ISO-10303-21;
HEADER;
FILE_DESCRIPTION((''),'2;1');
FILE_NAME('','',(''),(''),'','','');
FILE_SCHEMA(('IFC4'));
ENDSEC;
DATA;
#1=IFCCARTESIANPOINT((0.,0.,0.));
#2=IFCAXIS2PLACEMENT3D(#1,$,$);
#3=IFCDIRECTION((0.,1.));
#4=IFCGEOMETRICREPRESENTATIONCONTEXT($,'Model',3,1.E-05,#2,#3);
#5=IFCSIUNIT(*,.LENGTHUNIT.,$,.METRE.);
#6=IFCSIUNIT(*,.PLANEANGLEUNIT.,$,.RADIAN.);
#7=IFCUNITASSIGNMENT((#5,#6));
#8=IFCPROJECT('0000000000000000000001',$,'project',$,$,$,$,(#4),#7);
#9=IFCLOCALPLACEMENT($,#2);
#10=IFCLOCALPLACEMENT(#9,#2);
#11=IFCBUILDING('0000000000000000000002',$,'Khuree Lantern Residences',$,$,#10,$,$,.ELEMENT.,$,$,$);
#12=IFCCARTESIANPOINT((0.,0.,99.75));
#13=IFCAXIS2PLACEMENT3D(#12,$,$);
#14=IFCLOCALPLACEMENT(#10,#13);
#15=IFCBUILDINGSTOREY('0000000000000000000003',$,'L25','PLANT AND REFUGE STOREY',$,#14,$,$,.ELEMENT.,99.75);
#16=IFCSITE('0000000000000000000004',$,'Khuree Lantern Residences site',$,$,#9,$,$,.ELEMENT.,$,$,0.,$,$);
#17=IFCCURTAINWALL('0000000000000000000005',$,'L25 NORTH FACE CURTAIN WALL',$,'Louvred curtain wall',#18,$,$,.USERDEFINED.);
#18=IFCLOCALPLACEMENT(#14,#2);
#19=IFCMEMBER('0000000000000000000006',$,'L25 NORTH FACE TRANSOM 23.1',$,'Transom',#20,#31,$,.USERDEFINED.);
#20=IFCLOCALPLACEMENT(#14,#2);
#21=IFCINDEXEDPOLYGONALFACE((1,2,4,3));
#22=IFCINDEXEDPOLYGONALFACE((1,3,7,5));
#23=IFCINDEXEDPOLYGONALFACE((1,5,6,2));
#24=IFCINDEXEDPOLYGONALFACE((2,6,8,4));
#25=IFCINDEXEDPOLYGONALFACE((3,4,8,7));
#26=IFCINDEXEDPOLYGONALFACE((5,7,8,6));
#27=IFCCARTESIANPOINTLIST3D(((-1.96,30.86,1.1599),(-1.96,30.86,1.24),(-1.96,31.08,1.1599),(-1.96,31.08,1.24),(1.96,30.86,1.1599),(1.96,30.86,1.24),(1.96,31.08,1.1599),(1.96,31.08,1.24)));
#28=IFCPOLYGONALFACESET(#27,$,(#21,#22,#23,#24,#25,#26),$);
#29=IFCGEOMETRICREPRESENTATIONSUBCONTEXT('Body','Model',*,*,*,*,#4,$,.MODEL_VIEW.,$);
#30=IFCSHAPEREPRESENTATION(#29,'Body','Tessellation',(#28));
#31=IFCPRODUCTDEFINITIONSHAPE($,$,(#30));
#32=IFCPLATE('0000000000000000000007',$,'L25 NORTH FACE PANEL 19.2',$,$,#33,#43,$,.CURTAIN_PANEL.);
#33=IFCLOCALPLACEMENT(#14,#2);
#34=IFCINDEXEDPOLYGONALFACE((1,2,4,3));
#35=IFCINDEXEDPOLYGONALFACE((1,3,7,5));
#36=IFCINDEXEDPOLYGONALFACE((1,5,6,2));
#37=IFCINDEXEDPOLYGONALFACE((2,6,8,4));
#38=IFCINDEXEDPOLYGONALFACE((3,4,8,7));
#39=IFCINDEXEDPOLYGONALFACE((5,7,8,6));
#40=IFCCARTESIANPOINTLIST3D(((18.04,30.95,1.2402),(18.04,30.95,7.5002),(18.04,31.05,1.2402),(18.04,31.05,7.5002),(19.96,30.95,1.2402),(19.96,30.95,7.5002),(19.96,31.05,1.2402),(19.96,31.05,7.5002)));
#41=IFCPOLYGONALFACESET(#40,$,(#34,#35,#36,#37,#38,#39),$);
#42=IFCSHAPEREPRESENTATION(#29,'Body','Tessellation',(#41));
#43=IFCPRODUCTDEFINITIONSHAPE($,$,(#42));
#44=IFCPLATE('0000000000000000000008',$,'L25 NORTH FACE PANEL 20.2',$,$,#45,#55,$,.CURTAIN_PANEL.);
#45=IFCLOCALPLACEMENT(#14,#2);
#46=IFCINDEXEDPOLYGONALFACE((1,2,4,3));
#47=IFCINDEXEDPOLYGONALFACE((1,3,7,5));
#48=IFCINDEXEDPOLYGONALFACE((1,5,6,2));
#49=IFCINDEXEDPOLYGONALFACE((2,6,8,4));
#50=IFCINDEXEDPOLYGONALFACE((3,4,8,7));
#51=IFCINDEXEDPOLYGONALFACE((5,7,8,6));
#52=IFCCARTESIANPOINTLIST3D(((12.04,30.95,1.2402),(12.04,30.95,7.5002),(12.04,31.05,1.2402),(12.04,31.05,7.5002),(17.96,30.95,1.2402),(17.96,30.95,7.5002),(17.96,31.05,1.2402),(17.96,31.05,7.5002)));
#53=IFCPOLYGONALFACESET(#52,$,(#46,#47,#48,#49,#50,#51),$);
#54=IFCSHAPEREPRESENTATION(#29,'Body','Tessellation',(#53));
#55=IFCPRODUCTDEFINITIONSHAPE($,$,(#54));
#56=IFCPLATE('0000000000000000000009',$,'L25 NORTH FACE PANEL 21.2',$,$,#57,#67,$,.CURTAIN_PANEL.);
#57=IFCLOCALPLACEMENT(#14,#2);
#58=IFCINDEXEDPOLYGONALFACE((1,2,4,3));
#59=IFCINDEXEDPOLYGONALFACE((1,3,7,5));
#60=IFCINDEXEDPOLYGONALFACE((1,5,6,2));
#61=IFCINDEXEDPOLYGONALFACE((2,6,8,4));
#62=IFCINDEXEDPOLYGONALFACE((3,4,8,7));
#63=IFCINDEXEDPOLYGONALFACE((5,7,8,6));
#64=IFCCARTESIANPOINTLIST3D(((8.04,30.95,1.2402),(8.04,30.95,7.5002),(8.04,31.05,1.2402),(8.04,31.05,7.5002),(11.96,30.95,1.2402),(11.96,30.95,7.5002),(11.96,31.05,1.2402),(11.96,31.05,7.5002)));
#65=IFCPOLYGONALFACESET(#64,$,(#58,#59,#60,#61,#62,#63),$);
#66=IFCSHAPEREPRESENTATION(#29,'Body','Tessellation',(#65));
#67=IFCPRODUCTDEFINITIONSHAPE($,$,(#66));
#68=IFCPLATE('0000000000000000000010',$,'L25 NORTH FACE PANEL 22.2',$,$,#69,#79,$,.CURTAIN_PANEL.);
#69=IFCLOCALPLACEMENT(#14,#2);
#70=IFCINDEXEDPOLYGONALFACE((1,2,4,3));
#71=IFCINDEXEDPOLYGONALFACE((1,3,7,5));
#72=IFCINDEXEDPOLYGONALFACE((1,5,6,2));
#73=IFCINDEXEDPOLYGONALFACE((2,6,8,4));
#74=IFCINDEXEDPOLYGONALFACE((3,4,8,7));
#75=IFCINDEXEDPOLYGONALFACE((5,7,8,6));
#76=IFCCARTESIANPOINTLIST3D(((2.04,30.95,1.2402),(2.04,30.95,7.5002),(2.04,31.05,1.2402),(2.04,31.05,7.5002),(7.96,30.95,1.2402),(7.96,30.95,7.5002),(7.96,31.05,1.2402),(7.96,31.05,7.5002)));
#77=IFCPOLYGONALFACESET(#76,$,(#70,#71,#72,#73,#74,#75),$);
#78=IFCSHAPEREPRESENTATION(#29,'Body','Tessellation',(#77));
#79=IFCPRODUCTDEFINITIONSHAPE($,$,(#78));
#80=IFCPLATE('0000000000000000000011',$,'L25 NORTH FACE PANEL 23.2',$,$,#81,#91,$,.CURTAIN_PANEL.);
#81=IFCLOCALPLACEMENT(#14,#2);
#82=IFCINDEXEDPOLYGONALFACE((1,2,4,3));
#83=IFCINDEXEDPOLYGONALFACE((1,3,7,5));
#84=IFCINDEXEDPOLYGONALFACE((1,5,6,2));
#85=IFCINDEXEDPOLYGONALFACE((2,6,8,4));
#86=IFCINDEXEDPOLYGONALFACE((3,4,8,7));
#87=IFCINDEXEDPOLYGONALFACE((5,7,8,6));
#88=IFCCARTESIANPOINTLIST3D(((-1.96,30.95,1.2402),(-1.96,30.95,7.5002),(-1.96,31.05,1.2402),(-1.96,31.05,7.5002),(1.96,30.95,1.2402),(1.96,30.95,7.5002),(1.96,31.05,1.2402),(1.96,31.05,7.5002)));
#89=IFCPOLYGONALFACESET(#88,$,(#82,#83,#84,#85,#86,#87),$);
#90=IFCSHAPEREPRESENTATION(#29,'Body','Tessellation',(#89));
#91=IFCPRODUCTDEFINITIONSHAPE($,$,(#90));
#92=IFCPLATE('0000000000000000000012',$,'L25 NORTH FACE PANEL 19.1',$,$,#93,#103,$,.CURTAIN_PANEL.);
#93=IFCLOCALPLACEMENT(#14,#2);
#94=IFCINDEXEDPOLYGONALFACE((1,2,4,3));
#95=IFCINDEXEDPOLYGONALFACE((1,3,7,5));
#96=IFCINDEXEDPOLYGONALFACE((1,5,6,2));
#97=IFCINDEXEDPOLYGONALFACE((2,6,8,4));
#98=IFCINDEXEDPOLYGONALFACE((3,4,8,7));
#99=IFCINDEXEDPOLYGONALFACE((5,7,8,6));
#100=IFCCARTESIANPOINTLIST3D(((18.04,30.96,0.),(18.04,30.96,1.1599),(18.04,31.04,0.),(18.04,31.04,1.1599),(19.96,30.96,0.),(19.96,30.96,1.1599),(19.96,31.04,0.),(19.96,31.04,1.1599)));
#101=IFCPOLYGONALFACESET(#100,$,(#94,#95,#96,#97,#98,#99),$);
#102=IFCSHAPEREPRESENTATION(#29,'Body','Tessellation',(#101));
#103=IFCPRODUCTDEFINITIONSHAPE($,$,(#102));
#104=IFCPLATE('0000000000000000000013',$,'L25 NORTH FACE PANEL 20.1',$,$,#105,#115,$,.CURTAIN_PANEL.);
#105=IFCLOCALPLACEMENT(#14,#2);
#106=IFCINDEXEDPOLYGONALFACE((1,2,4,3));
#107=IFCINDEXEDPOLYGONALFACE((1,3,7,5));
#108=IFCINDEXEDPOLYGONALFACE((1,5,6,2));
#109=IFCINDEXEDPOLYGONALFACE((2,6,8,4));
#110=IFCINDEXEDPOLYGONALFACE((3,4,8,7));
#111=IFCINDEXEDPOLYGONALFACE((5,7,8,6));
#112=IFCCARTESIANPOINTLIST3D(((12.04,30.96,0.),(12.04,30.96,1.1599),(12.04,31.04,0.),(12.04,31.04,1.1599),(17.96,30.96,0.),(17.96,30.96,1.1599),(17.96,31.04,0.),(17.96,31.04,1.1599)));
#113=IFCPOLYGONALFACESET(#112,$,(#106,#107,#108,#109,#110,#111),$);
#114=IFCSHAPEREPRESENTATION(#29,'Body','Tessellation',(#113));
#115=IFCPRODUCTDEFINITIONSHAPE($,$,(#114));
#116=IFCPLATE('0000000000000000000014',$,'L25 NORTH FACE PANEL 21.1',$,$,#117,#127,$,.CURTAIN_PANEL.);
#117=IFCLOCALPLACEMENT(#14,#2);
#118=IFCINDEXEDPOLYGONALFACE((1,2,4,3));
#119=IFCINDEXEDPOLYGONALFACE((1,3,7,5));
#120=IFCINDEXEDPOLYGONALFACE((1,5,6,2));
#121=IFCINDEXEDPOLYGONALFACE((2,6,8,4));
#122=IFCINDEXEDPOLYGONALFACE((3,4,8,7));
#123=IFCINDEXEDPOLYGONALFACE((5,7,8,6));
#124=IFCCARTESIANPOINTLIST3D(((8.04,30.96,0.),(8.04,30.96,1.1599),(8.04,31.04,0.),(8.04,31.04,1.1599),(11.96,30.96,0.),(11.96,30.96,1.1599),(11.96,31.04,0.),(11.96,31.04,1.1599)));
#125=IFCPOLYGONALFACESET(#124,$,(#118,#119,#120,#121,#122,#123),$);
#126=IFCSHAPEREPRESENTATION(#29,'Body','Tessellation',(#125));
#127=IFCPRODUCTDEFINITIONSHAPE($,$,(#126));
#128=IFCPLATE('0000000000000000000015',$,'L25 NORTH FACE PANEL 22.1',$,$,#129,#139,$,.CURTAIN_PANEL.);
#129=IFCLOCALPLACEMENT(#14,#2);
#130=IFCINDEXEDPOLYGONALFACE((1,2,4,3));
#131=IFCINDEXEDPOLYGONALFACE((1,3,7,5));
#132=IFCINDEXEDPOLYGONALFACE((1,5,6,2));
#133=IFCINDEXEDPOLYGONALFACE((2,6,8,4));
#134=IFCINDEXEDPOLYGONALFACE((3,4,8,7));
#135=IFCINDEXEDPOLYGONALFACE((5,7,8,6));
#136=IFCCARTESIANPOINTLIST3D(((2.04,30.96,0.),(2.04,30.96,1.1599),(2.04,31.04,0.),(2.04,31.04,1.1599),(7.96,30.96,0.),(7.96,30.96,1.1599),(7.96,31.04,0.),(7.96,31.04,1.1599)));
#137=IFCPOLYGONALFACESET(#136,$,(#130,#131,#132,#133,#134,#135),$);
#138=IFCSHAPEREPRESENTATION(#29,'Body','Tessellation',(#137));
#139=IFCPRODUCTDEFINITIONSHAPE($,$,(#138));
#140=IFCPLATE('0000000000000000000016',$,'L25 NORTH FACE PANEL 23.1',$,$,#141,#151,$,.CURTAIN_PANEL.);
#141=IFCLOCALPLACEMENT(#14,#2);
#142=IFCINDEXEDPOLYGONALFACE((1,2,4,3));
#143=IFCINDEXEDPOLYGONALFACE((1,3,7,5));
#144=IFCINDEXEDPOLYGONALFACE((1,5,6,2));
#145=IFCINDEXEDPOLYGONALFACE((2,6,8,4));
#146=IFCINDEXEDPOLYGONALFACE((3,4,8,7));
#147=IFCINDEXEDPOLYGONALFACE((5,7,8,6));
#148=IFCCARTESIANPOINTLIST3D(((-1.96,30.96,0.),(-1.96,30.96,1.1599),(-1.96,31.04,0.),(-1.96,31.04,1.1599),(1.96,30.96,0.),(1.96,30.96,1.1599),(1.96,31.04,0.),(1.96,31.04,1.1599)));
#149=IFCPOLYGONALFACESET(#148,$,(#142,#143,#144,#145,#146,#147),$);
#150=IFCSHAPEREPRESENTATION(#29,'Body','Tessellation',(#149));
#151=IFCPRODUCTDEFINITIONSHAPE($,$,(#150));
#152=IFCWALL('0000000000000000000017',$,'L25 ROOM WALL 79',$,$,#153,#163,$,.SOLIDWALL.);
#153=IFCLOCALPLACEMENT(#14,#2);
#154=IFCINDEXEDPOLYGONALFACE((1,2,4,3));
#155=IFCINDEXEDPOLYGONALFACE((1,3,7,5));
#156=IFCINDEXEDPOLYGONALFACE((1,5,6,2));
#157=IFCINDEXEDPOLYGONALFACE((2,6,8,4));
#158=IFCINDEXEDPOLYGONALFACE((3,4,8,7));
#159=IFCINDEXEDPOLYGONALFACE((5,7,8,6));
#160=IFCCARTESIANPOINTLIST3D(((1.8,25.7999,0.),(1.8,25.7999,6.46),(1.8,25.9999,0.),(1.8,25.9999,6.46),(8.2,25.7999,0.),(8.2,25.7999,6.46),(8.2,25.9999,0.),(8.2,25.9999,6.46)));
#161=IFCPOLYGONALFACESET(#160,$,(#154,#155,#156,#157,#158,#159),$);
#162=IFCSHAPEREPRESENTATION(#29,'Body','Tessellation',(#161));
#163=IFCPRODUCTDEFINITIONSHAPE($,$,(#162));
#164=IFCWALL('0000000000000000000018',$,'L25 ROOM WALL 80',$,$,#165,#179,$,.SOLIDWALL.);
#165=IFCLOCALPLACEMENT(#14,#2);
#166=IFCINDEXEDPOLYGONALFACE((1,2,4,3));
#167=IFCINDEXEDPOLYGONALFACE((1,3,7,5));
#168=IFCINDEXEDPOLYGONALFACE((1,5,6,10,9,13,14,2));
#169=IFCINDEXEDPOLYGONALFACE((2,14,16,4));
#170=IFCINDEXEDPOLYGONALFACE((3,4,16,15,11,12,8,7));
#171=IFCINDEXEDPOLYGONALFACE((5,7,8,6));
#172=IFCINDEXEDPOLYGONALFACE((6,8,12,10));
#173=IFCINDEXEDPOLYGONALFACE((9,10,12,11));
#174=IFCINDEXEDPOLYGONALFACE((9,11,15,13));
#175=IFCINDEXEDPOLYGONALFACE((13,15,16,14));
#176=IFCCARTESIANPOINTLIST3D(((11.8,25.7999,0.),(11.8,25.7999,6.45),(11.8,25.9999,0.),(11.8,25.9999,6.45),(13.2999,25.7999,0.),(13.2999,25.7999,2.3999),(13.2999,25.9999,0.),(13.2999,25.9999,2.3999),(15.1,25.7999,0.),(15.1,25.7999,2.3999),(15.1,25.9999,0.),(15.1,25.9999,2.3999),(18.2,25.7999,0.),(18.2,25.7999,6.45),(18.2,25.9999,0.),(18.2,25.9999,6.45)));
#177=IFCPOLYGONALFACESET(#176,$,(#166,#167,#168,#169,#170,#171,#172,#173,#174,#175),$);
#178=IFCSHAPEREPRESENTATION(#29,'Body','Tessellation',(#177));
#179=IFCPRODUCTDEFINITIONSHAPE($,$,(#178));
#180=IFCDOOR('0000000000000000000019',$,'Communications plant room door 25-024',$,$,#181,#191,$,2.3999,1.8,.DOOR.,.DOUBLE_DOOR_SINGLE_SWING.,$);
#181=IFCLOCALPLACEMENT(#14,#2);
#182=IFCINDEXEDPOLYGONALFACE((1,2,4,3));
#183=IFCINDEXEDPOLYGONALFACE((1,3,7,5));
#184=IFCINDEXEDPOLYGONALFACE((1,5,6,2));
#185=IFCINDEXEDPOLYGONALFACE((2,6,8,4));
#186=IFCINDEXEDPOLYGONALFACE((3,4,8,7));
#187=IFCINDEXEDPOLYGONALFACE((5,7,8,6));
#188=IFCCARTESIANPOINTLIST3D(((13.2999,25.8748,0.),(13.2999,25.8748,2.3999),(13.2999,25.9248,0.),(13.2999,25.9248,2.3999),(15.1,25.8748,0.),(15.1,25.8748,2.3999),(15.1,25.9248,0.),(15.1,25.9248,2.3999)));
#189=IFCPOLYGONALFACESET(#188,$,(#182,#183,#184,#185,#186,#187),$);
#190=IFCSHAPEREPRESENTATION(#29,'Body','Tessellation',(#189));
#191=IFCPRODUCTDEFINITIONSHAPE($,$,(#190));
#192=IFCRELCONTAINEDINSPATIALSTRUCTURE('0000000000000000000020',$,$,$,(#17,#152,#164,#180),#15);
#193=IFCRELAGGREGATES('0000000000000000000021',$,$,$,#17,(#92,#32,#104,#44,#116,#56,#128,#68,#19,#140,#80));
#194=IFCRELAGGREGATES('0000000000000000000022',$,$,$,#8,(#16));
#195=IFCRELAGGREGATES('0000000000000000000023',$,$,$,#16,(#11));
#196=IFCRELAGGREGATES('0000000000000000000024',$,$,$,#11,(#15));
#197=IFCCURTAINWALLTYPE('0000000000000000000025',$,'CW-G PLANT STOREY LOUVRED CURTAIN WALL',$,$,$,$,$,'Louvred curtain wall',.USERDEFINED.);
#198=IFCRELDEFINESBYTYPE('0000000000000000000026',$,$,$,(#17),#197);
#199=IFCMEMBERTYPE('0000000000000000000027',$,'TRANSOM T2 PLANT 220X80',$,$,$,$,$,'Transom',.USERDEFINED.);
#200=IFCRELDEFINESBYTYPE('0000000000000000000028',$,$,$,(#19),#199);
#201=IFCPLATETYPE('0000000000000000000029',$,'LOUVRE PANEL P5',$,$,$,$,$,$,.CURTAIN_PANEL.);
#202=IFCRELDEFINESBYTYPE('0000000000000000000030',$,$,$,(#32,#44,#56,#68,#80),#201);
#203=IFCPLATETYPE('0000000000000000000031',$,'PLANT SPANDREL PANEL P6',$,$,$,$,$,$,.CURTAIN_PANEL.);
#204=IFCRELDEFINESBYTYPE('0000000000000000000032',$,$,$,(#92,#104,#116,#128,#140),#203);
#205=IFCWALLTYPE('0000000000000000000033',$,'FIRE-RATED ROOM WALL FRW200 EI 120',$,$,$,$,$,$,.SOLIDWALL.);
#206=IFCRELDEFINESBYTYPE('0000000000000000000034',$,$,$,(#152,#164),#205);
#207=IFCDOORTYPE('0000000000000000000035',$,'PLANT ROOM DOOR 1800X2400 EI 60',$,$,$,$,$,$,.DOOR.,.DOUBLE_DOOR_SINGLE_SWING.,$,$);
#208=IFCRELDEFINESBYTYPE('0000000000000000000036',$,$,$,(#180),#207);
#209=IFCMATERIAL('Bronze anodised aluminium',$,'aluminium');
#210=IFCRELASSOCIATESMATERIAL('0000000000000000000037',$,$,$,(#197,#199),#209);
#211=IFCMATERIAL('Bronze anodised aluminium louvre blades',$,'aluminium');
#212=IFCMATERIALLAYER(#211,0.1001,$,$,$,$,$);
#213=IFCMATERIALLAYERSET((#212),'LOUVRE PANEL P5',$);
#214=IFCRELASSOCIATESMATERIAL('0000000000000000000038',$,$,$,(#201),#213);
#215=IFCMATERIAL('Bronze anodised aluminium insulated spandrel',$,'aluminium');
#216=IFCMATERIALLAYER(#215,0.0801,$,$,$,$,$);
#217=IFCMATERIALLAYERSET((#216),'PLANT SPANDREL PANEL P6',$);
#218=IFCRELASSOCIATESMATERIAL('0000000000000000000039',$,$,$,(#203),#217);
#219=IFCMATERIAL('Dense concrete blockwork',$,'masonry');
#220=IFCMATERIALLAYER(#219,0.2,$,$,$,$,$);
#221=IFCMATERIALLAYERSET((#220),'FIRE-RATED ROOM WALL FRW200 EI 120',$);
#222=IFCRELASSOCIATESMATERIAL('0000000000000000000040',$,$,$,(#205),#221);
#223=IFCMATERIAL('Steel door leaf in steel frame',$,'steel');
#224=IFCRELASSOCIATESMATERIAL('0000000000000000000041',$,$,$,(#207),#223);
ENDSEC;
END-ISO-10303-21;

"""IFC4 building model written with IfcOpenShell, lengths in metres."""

from ifc_helpers import new_model, si_unit, direction, frame, frame_2d, origin, origin_2d, place, context, subcontext, project, spatial, rectangle, extrude, material, layer, layer_set, material_profile, profile_set, type_object, element, fill, aggregate, save


model = new_model("IFC4")

# Units and contexts
model_context = context("Model", 3, precision=1e-05, world=origin(), true_north=direction((0.0, 1.0)))
body_context = subcontext(model_context, "Body", "Model", "MODEL_VIEW")
ifc_project = project(units=[si_unit("LENGTHUNIT", "METRE"), si_unit("PLANEANGLEUNIT", "RADIAN")], contexts=[model_context])

# Site, building, storey
site_placement = place(None, origin())
site = spatial("IfcSite", under=ifc_project, at=site_placement, Name="Khuree Lantern Residences site", CompositionType="ELEMENT", RefElevation=0.0)
building_placement = place(site_placement, origin())
building = spatial("IfcBuilding", under=site, at=building_placement, Name="Khuree Lantern Residences", CompositionType="ELEMENT")
storey_placement = place(building_placement, frame((0.0, 0.0, 99.75)))
storey = spatial("IfcBuildingStorey", under=building, at=storey_placement, Name="L25", Description="PLANT AND REFUGE STOREY", CompositionType="ELEMENT", Elevation=99.75)

# Curtain wall
ifc_material_1 = material(Name="Bronze anodised aluminium", Category="aluminium")
curtain_wall_type = type_object("IfcCurtainWallType", Name="CW-G PLANT STOREY LOUVRED CURTAIN WALL", ElementType="Louvred curtain wall", PredefinedType="USERDEFINED", material=ifc_material_1)
curtain_wall_placement = place(storey_placement, origin())
curtain_wall = element("IfcCurtainWall", 1, at=curtain_wall_placement, inside=storey, type_object=curtain_wall_type, Name="L25 NORTH FACE CURTAIN WALL", ObjectType="Louvred curtain wall", PredefinedType="USERDEFINED")

# Member
ifc_material_profile_1 = material_profile(ifc_material_1, rectangle(XDim=0.22, YDim=0.0801, at=origin_2d()), Name="T2 220X80")
ifc_profile_set_1 = profile_set([ifc_material_profile_1], Name="Bronze anodised aluminium")
member_type_1 = type_object("IfcMemberType", Name="TRANSOM T2 PLANT 220X80", ElementType="Transom", PredefinedType="USERDEFINED", material=ifc_profile_set_1)
member_1_placement = place(storey_placement, frame((1.96, 30.97, 1.2), z_axis=(-1.0, 0.0, 0.0), x_axis=(0.0, -1.0, 0.0)))
member_1 = element("IfcMember", 2, at=member_1_placement, type_object=member_type_1, Name="L25 NORTH FACE TRANSOM 23.1", ObjectType="Transom", PredefinedType="USERDEFINED", context=body_context, shape_type="SweptSolid", body=[
    extrude(rectangle(XDim=0.22, YDim=0.0801, at=origin_2d()), origin(), (0.0, 0.0, 1.0), 3.9199),
])

# Plates
ifc_material_2 = material(Name="Bronze anodised aluminium louvre blades", Category="aluminium")
ifc_layer_1 = layer(ifc_material_2, 0.1001)
ifc_layer_set_1 = layer_set([ifc_layer_1], Name="LOUVRE PANEL P5")
plate_type_1 = type_object("IfcPlateType", Name="LOUVRE PANEL P5", PredefinedType="CURTAIN_PANEL", material=ifc_layer_set_1)
plate_1_placement = place(storey_placement, frame((19.0, 31.0, 1.2402), z_axis=(0.0, 0.0, 1.0), x_axis=(-1.0, 0.0, 0.0)))
plate_1 = element("IfcPlate", 3, at=plate_1_placement, type_object=plate_type_1, Name="L25 NORTH FACE PANEL 19.2", PredefinedType="CURTAIN_PANEL", context=body_context, shape_type="SweptSolid", body=[
    extrude(rectangle(XDim=1.9199, YDim=0.1001, at=origin_2d()), origin(), (0.0, 0.0, 1.0), 6.26),
])
plate_2_placement = place(storey_placement, frame((15.0, 31.0, 1.2402), z_axis=(0.0, 0.0, 1.0), x_axis=(-1.0, 0.0, 0.0)))
plate_2 = element("IfcPlate", 4, at=plate_2_placement, type_object=plate_type_1, Name="L25 NORTH FACE PANEL 20.2", PredefinedType="CURTAIN_PANEL", context=body_context, shape_type="SweptSolid", body=[
    extrude(rectangle(XDim=5.9199, YDim=0.1001, at=origin_2d()), origin(), (0.0, 0.0, 1.0), 6.26),
])
plate_3_placement = place(storey_placement, frame((10.0, 31.0, 1.2402), z_axis=(0.0, 0.0, 1.0), x_axis=(-1.0, 0.0, 0.0)))
plate_3 = element("IfcPlate", 5, at=plate_3_placement, type_object=plate_type_1, Name="L25 NORTH FACE PANEL 21.2", PredefinedType="CURTAIN_PANEL", context=body_context, shape_type="SweptSolid", body=[
    extrude(rectangle(XDim=3.9199, YDim=0.1001, at=origin_2d()), origin(), (0.0, 0.0, 1.0), 6.26),
])
plate_4_placement = place(storey_placement, frame((5.0, 31.0, 1.2402), z_axis=(0.0, 0.0, 1.0), x_axis=(-1.0, 0.0, 0.0)))
plate_4 = element("IfcPlate", 6, at=plate_4_placement, type_object=plate_type_1, Name="L25 NORTH FACE PANEL 22.2", PredefinedType="CURTAIN_PANEL", context=body_context, shape_type="SweptSolid", body=[
    extrude(rectangle(XDim=5.9199, YDim=0.1001, at=origin_2d()), origin(), (0.0, 0.0, 1.0), 6.26),
])
plate_5_placement = place(storey_placement, frame((0.0, 31.0, 1.2402), z_axis=(0.0, 0.0, 1.0), x_axis=(-1.0, 0.0, 0.0)))
plate_5 = element("IfcPlate", 7, at=plate_5_placement, type_object=plate_type_1, Name="L25 NORTH FACE PANEL 23.2", PredefinedType="CURTAIN_PANEL", context=body_context, shape_type="SweptSolid", body=[
    extrude(rectangle(XDim=3.9199, YDim=0.1001, at=origin_2d()), origin(), (0.0, 0.0, 1.0), 6.26),
])
ifc_material_3 = material(Name="Bronze anodised aluminium insulated spandrel", Category="aluminium")
ifc_layer_2 = layer(ifc_material_3, 0.0801)
ifc_layer_set_2 = layer_set([ifc_layer_2], Name="PLANT SPANDREL PANEL P6")
plate_type_2 = type_object("IfcPlateType", Name="PLANT SPANDREL PANEL P6", PredefinedType="CURTAIN_PANEL", material=ifc_layer_set_2)
plate_6_placement = place(storey_placement, frame((19.0, 31.0, 0.0), z_axis=(0.0, 0.0, 1.0), x_axis=(-1.0, 0.0, 0.0)))
plate_6 = element("IfcPlate", 8, at=plate_6_placement, type_object=plate_type_2, Name="L25 NORTH FACE PANEL 19.1", PredefinedType="CURTAIN_PANEL", context=body_context, shape_type="SweptSolid", body=[
    extrude(rectangle(XDim=1.9199, YDim=0.0801, at=origin_2d()), origin(), (0.0, 0.0, 1.0), 1.1599),
])
plate_7_placement = place(storey_placement, frame((15.0, 31.0, 0.0), z_axis=(0.0, 0.0, 1.0), x_axis=(-1.0, 0.0, 0.0)))
plate_7 = element("IfcPlate", 9, at=plate_7_placement, type_object=plate_type_2, Name="L25 NORTH FACE PANEL 20.1", PredefinedType="CURTAIN_PANEL", context=body_context, shape_type="SweptSolid", body=[
    extrude(rectangle(XDim=5.9199, YDim=0.0801, at=origin_2d()), origin(), (0.0, 0.0, 1.0), 1.1599),
])
plate_8_placement = place(storey_placement, frame((10.0, 31.0, 0.0), z_axis=(0.0, 0.0, 1.0), x_axis=(-1.0, 0.0, 0.0)))
plate_8 = element("IfcPlate", 10, at=plate_8_placement, type_object=plate_type_2, Name="L25 NORTH FACE PANEL 21.1", PredefinedType="CURTAIN_PANEL", context=body_context, shape_type="SweptSolid", body=[
    extrude(rectangle(XDim=3.9199, YDim=0.0801, at=origin_2d()), origin(), (0.0, 0.0, 1.0), 1.1599),
])
plate_9_placement = place(storey_placement, frame((5.0, 31.0, 0.0), z_axis=(0.0, 0.0, 1.0), x_axis=(-1.0, 0.0, 0.0)))
plate_9 = element("IfcPlate", 11, at=plate_9_placement, type_object=plate_type_2, Name="L25 NORTH FACE PANEL 22.1", PredefinedType="CURTAIN_PANEL", context=body_context, shape_type="SweptSolid", body=[
    extrude(rectangle(XDim=5.9199, YDim=0.0801, at=origin_2d()), origin(), (0.0, 0.0, 1.0), 1.1599),
])
plate_10_placement = place(storey_placement, frame((0.0, 31.0, 0.0), z_axis=(0.0, 0.0, 1.0), x_axis=(-1.0, 0.0, 0.0)))
plate_10 = element("IfcPlate", 12, at=plate_10_placement, type_object=plate_type_2, Name="L25 NORTH FACE PANEL 23.1", PredefinedType="CURTAIN_PANEL", context=body_context, shape_type="SweptSolid", body=[
    extrude(rectangle(XDim=3.9199, YDim=0.0801, at=origin_2d()), origin(), (0.0, 0.0, 1.0), 1.1599),
])
aggregate(curtain_wall, [plate_6, plate_1, plate_7, plate_2, plate_8, plate_3, plate_9, plate_4, member_1, plate_10, plate_5])

# Wall
ifc_material_4 = material(Name="Dense concrete blockwork", Category="masonry")
ifc_layer_3 = layer(ifc_material_4, 0.2)
ifc_layer_set_3 = layer_set([ifc_layer_3], Name="FIRE-RATED ROOM WALL FRW200 EI 120")
wall_type = type_object("IfcWallType", Name="FIRE-RATED ROOM WALL FRW200 EI 120", PredefinedType="SOLIDWALL", material=ifc_layer_set_3)
wall_1_placement = place(storey_placement, frame((1.8, 25.8999, 0.0), z_axis=(0.0, 0.0, 1.0), x_axis=(1.0, 0.0, 0.0)))
element("IfcWall", 13, at=wall_1_placement, inside=storey, type_object=wall_type, Name="L25 ROOM WALL 79", PredefinedType="SOLIDWALL", context=body_context, shape_type="SweptSolid", body=[
    extrude(rectangle(XDim=6.3999, YDim=0.2, at=frame_2d((3.2, 0.0))), origin(), (0.0, 0.0, 1.0), 6.46),
])

# Wall, opening, door
wall_2_placement = place(storey_placement, frame((11.8, 25.8999, 0.0), z_axis=(0.0, 0.0, 1.0), x_axis=(1.0, 0.0, 0.0)))
wall_2 = element("IfcWall", 14, at=wall_2_placement, inside=storey, type_object=wall_type, Name="L25 ROOM WALL 80", PredefinedType="SOLIDWALL", context=body_context, shape_type="SweptSolid", body=[
    extrude(rectangle(XDim=6.3999, YDim=0.2, at=frame_2d((3.2, 0.0))), origin(), (0.0, 0.0, 1.0), 6.45),
])
opening_placement = place(wall_2_placement, frame((1.5, 0.0, 0.0)))
opening = element("IfcOpeningElement", 15, at=opening_placement, cuts=wall_2, PredefinedType="OPENING", context=body_context, shape_type="SweptSolid", body=[
    extrude(rectangle(XDim=1.8, YDim=2.3999, at=frame_2d((0.8999, 1.2))), frame((0.0, 0.1099, 0.0), z_axis=(0.0, -1.0, 0.0), x_axis=(1.0, 0.0, 0.0)), (0.0, 0.0, 1.0), 0.22),
])
ifc_material_5 = material(Name="Steel door leaf in steel frame", Category="steel")
door_type = type_object("IfcDoorType", Name="PLANT ROOM DOOR 1800X2400 EI 60", OperationType="DOUBLE_DOOR_SINGLE_SWING", PredefinedType="DOOR", material=ifc_material_5)
door_placement = place(opening_placement, origin())
door = element("IfcDoor", 16, at=door_placement, inside=storey, type_object=door_type, Name="Communications plant room door 25-024", OperationType="DOUBLE_DOOR_SINGLE_SWING", OverallHeight=2.3999, OverallWidth=1.8, PredefinedType="DOOR", context=body_context, shape_type="SweptSolid", body=[
    extrude(rectangle(XDim=1.8, YDim=2.3999, at=frame_2d((0.8999, 1.2))), frame((0.0, 0.0249, 0.0), z_axis=(0.0, -1.0, 0.0), x_axis=(1.0, 0.0, 0.0)), (0.0, 0.0, 1.0), 0.05),
])
fill(opening, door)

save(model, "model.ifc")
